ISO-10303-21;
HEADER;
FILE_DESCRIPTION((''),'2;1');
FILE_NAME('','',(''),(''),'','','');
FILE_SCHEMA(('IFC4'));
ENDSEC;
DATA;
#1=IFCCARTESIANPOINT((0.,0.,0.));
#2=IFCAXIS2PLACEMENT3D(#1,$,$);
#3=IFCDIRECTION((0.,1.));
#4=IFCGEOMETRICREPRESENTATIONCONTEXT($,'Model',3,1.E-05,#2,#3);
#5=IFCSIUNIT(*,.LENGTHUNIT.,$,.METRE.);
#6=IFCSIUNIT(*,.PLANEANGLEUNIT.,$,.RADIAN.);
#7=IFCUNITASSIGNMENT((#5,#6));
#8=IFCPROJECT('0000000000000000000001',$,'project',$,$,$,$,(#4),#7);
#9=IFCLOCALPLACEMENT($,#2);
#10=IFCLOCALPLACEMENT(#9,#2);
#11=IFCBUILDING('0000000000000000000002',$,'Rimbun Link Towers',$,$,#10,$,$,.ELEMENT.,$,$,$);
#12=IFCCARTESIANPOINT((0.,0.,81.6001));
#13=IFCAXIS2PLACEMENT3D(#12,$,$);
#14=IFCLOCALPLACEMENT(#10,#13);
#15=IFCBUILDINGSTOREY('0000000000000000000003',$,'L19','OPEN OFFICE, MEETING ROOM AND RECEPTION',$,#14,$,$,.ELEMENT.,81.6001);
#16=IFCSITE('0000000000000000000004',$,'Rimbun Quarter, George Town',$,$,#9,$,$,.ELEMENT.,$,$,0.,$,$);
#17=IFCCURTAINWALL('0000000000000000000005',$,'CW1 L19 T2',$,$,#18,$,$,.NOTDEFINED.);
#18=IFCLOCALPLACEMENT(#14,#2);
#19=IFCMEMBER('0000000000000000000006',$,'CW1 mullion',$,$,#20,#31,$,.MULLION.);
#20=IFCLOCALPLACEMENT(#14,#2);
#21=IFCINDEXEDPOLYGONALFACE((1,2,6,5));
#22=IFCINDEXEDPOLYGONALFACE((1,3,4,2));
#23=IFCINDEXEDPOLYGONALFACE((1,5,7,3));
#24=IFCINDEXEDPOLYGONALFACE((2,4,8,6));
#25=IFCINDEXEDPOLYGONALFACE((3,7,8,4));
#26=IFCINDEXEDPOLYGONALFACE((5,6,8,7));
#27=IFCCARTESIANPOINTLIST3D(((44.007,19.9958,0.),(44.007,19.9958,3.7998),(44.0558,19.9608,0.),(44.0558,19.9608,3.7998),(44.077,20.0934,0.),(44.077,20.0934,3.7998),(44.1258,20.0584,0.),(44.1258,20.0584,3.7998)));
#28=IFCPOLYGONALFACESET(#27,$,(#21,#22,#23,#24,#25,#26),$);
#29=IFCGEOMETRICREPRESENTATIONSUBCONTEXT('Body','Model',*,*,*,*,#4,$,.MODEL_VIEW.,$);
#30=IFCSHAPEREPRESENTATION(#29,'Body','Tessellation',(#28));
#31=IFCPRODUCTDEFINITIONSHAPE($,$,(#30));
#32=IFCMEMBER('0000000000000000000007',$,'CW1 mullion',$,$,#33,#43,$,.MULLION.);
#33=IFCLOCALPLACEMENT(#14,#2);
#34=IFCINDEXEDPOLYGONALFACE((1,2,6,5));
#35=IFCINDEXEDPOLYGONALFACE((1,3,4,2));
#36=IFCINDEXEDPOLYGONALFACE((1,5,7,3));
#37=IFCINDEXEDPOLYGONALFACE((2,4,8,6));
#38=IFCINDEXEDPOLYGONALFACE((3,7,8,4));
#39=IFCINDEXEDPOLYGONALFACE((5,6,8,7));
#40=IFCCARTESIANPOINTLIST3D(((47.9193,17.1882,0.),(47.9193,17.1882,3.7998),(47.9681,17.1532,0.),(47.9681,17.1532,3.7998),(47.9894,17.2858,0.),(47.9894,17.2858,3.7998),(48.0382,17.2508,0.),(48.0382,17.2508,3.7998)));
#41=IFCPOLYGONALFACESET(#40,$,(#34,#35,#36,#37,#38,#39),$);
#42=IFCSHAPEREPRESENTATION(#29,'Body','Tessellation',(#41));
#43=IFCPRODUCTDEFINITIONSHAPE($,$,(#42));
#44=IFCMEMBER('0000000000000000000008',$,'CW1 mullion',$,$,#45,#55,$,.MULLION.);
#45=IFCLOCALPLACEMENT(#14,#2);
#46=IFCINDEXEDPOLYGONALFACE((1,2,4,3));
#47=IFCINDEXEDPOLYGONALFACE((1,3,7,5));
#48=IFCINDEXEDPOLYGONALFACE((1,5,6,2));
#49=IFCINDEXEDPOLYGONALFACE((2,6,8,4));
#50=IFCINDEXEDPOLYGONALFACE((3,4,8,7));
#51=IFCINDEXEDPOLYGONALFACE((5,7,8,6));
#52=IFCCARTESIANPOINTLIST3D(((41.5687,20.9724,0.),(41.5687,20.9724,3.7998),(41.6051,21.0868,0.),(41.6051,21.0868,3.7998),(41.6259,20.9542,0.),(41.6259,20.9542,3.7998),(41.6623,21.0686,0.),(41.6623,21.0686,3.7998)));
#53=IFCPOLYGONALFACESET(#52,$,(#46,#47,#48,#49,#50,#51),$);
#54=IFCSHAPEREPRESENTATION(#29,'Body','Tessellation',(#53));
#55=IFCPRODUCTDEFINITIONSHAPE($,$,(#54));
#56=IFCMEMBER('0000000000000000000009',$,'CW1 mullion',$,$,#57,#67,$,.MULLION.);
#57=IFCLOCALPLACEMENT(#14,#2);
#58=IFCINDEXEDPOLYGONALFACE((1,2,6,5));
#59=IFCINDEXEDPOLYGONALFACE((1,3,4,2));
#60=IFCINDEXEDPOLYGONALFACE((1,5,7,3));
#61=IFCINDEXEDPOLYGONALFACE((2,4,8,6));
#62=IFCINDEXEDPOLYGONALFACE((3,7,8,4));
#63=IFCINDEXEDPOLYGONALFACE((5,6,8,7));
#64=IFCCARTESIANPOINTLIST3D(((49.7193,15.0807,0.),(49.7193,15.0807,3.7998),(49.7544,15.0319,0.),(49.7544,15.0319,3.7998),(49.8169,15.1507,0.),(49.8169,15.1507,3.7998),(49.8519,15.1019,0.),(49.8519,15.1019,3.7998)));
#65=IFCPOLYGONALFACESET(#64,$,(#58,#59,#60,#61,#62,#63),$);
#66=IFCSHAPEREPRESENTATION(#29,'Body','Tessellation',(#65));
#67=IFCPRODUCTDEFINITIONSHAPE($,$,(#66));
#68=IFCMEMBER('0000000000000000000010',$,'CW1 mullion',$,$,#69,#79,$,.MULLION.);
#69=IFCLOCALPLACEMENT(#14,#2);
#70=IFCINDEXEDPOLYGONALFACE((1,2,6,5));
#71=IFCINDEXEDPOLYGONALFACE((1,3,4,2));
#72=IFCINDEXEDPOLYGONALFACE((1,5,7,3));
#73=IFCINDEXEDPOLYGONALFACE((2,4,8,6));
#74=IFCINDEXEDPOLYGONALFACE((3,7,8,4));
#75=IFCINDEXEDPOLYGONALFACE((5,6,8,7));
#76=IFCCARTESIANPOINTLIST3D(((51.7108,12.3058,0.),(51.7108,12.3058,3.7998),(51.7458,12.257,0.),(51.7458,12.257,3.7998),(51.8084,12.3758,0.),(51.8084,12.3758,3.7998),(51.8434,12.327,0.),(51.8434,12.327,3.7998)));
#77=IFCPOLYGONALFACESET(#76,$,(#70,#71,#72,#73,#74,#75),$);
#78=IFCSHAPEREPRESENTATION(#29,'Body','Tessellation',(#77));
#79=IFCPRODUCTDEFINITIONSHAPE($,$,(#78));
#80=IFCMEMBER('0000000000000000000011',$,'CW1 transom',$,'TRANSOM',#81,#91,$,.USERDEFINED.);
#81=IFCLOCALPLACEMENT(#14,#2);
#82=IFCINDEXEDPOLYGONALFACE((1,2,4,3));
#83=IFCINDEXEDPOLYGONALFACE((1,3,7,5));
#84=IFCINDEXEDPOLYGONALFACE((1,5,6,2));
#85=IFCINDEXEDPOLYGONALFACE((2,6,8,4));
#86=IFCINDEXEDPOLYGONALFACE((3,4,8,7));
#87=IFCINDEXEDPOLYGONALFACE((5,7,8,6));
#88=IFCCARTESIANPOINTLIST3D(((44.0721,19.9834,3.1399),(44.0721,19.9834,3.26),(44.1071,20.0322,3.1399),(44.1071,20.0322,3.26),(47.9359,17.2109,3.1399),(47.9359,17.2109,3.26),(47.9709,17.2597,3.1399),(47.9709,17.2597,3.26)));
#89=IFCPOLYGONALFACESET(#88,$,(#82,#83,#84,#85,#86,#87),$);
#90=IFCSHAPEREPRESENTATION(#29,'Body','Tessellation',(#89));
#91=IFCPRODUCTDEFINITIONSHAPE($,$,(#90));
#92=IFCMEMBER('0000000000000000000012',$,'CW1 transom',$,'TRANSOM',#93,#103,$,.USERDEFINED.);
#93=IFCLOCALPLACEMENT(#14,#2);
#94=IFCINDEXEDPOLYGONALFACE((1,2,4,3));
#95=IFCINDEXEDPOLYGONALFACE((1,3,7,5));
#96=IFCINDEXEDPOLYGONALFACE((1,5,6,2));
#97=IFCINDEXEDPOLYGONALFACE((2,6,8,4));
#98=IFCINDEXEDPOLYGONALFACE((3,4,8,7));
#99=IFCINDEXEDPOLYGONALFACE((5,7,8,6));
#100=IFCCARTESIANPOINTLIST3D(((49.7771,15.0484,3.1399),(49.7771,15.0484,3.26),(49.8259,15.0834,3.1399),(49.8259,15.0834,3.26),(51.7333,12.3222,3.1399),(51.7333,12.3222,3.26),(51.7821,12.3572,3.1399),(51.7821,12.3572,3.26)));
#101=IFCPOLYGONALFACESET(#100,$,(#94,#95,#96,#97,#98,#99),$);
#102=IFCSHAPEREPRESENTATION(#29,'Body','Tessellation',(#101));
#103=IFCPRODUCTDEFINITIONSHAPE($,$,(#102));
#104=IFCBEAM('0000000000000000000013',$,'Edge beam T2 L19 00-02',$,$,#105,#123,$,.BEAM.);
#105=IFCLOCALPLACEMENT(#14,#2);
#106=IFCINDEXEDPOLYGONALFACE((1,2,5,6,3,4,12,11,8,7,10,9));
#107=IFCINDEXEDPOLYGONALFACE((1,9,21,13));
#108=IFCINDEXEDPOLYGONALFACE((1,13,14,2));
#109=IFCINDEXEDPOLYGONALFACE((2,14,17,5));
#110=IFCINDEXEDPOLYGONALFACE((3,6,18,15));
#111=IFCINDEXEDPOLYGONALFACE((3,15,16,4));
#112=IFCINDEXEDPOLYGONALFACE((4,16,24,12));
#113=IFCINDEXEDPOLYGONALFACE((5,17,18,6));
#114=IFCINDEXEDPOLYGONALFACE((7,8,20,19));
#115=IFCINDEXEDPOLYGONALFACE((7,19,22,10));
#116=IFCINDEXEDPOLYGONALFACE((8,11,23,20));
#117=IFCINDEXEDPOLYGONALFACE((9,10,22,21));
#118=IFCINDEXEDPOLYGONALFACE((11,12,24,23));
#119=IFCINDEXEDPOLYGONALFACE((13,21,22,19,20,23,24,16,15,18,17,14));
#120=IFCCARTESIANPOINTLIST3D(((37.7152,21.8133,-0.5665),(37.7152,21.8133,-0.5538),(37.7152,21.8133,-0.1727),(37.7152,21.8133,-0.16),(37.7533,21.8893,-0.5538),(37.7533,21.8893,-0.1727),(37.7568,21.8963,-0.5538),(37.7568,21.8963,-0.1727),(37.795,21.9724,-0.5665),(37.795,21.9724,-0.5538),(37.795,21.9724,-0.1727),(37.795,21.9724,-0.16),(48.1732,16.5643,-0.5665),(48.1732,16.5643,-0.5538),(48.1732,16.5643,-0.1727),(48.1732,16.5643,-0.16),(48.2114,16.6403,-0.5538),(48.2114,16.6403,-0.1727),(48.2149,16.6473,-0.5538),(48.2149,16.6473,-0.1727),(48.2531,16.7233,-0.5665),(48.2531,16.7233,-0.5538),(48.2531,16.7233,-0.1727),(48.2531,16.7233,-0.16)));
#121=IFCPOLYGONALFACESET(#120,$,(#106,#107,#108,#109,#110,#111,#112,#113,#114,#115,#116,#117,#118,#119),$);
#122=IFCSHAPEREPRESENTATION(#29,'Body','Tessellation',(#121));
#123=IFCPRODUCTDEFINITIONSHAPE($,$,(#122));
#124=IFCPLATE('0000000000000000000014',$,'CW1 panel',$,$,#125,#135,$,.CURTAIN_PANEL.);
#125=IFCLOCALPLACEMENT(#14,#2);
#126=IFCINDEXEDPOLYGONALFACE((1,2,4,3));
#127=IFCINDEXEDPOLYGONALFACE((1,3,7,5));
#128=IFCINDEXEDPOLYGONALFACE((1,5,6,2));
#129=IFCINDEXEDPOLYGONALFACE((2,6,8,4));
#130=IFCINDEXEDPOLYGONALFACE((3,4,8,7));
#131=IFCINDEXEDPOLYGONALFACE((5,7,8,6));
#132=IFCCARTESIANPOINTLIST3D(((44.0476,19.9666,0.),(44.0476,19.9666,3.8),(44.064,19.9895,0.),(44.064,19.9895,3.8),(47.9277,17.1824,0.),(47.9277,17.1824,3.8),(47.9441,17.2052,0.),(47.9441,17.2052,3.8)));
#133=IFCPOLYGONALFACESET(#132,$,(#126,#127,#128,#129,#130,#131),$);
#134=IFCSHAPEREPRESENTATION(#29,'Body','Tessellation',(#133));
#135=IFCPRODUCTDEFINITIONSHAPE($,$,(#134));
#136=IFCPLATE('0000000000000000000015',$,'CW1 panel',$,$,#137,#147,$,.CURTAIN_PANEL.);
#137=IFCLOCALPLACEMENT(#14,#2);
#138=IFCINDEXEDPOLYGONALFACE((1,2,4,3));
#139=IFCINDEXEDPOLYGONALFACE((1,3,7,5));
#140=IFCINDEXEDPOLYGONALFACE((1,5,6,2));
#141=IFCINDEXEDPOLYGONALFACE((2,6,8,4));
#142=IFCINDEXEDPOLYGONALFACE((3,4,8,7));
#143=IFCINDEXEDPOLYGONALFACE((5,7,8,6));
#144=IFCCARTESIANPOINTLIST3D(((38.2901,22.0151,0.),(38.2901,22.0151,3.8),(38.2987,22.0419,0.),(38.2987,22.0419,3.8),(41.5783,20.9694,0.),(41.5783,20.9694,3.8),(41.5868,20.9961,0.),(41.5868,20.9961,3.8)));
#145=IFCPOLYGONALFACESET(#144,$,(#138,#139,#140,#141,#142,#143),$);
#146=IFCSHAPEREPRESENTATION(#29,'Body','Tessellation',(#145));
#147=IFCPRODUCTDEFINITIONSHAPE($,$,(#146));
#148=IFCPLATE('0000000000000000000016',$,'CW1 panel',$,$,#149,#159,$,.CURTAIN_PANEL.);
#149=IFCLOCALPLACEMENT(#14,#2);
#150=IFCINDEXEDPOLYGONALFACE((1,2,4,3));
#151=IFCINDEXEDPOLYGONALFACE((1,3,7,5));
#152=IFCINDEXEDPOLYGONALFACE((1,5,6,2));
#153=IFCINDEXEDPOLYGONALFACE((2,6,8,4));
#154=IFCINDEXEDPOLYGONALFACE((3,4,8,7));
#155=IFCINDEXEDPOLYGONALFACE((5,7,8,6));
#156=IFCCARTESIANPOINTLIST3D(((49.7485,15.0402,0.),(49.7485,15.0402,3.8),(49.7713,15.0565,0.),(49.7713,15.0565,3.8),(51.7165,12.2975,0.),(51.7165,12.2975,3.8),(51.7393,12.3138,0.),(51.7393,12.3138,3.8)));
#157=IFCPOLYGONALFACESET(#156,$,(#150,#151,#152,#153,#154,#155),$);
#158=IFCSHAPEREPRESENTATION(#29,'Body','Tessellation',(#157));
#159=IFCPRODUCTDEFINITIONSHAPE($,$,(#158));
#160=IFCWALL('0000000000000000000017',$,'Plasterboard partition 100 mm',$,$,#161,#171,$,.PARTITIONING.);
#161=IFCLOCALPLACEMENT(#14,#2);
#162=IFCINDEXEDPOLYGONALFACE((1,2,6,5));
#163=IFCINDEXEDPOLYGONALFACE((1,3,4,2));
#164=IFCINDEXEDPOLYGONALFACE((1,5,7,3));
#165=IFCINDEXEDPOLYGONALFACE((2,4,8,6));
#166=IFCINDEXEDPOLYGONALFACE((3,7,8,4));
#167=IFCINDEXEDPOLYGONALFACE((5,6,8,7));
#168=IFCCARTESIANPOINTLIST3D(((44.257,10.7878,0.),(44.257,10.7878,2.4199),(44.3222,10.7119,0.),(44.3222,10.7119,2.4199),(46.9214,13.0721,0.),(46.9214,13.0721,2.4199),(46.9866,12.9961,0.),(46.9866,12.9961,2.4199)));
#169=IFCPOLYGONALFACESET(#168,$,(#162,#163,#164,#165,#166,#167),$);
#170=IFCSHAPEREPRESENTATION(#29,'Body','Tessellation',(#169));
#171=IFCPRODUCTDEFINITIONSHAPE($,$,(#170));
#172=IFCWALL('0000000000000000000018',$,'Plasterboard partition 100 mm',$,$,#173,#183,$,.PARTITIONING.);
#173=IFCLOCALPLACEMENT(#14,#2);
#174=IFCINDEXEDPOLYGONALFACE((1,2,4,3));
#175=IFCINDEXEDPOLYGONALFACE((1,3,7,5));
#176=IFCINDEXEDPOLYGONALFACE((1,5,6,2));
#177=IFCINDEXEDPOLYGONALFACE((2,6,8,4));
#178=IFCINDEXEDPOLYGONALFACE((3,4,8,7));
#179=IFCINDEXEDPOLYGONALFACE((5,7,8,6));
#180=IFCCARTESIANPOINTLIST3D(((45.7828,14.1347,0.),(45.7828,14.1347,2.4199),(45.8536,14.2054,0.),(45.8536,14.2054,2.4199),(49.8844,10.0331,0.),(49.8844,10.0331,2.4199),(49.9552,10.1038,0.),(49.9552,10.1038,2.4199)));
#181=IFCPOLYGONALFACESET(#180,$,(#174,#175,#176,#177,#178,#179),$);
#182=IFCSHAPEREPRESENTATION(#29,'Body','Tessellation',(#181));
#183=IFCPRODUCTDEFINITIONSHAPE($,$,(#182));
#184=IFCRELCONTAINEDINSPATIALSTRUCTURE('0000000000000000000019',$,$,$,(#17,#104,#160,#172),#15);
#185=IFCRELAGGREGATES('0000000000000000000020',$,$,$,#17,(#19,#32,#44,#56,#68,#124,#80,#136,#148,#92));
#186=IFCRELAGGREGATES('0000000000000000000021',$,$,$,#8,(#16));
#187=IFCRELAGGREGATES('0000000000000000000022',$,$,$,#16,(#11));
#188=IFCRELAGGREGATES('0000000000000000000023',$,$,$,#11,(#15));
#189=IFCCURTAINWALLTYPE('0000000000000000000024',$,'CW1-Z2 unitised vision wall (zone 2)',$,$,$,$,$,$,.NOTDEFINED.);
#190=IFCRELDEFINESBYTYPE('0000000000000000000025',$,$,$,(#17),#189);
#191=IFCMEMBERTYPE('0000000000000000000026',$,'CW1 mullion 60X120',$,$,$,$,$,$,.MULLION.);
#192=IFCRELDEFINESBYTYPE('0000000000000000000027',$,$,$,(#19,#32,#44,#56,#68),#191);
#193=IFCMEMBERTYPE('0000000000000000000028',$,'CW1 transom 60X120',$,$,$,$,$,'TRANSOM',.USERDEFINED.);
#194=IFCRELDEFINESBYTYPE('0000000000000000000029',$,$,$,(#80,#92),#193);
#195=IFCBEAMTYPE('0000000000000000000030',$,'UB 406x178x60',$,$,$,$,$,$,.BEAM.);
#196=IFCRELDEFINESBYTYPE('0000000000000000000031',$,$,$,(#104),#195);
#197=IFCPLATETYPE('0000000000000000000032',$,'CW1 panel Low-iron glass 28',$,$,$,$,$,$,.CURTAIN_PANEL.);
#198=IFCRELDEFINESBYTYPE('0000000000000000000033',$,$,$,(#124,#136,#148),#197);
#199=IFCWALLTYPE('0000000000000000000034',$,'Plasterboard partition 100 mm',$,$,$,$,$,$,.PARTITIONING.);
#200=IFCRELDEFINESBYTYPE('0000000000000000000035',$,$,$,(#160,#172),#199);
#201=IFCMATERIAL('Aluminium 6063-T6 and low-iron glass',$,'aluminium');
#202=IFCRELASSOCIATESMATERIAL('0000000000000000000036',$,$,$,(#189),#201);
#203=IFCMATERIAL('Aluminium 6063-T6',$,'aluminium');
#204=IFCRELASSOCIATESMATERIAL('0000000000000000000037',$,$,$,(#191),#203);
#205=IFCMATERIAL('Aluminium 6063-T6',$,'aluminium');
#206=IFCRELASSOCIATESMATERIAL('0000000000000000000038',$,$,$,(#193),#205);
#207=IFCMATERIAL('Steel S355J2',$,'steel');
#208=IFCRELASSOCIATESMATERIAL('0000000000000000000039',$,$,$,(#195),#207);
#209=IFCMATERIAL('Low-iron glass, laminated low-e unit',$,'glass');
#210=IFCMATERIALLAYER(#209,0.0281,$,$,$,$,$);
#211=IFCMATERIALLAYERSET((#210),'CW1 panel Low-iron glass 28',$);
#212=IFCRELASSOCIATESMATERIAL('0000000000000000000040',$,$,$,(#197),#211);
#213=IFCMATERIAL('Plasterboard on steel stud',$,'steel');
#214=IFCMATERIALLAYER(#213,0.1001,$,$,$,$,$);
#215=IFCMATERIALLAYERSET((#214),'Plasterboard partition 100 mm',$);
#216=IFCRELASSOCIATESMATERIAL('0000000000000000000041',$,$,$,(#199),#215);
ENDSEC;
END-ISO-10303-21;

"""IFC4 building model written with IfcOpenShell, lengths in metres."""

from ifc_helpers import new_model, si_unit, direction, frame, frame_2d, origin, origin_2d, place, context, subcontext, project, spatial, rectangle, i_section, extrude, material, layer, layer_set, material_profile, profile_set, type_object, element, aggregate, save


model = new_model("IFC4")

# Units and contexts
model_context = context("Model", 3, precision=1e-05, world=origin(), true_north=direction((0.0, 1.0)))
body_context = subcontext(model_context, "Body", "Model", "MODEL_VIEW")
ifc_project = project(units=[si_unit("LENGTHUNIT", "METRE"), si_unit("PLANEANGLEUNIT", "RADIAN")], contexts=[model_context])

# Site, building, storey
site_placement = place(None, origin())
site = spatial("IfcSite", under=ifc_project, at=site_placement, Name="Rimbun Quarter, George Town", CompositionType="ELEMENT", RefElevation=0.0)
building_placement = place(site_placement, origin())
building = spatial("IfcBuilding", under=site, at=building_placement, Name="Rimbun Link Towers", CompositionType="ELEMENT")
storey_placement = place(building_placement, frame((0.0, 0.0, 81.6001)))
storey = spatial("IfcBuildingStorey", under=building, at=storey_placement, Name="L19", Description="OPEN OFFICE, MEETING ROOM AND RECEPTION", CompositionType="ELEMENT", Elevation=81.6001)

# Curtain wall, members
ifc_material_1 = material(Name="Aluminium 6063-T6 and low-iron glass", Category="aluminium")
curtain_wall_type = type_object("IfcCurtainWallType", Name="CW1-Z2 unitised vision wall (zone 2)", PredefinedType="NOTDEFINED", material=ifc_material_1)
curtain_wall_placement = place(storey_placement, origin())
curtain_wall = element("IfcCurtainWall", 1, at=curtain_wall_placement, inside=storey, type_object=curtain_wall_type, Name="CW1 L19 T2", PredefinedType="NOTDEFINED")
ifc_material_2 = material(Name="Aluminium 6063-T6", Category="aluminium")
ifc_material_profile_1 = material_profile(ifc_material_2, rectangle(XDim=0.1201, YDim=0.0601, at=origin_2d()), Name="MULLION 60X120")
ifc_profile_set_1 = profile_set([ifc_material_profile_1], Name="Aluminium 6063-T6")
member_type_1 = type_object("IfcMemberType", Name="CW1 mullion 60X120", PredefinedType="MULLION", material=ifc_profile_set_1)
member_1_placement = place(storey_placement, frame((44.0664, 20.0271, 0.0), z_axis=(0.0, 0.0, 1.0), x_axis=(0.583004, 0.812469, 0.0)))
member_1 = element("IfcMember", 2, at=member_1_placement, type_object=member_type_1, Name="CW1 mullion", PredefinedType="MULLION", context=body_context, shape_type="SweptSolid", body=[
    extrude(rectangle(XDim=0.1201, YDim=0.0601, at=origin_2d()), origin(), (0.0, 0.0, 1.0), 3.7998),
])
member_2_placement = place(storey_placement, frame((47.9788, 17.2195, 0.0), z_axis=(0.0, 0.0, 1.0), x_axis=(0.583004, 0.812469, 0.0)))
member_2 = element("IfcMember", 3, at=member_2_placement, type_object=member_type_1, Name="CW1 mullion", PredefinedType="MULLION", context=body_context, shape_type="SweptSolid", body=[
    extrude(rectangle(XDim=0.1201, YDim=0.0601, at=origin_2d()), origin(), (0.0, 0.0, 1.0), 3.7998),
])
member_3_placement = place(storey_placement, frame((41.6155, 21.0205, 0.0), z_axis=(0.0, 0.0, 1.0), x_axis=(0.30307, 0.952968, 0.0)))
member_3 = element("IfcMember", 4, at=member_3_placement, type_object=member_type_1, Name="CW1 mullion", PredefinedType="MULLION", context=body_context, shape_type="SweptSolid", body=[
    extrude(rectangle(XDim=0.1201, YDim=0.0601, at=origin_2d()), origin(), (0.0, 0.0, 1.0), 3.7998),
])
member_4_placement = place(storey_placement, frame((49.7856, 15.0913, 0.0), z_axis=(0.0, 0.0, 1.0), x_axis=(0.812469, 0.583004, 0.0)))
member_4 = element("IfcMember", 5, at=member_4_placement, type_object=member_type_1, Name="CW1 mullion", PredefinedType="MULLION", context=body_context, shape_type="SweptSolid", body=[
    extrude(rectangle(XDim=0.1201, YDim=0.0601, at=origin_2d()), origin(), (0.0, 0.0, 1.0), 3.7998),
])
member_5_placement = place(storey_placement, frame((51.7771, 12.3164, 0.0), z_axis=(0.0, 0.0, 1.0), x_axis=(0.812469, 0.583004, 0.0)))
member_5 = element("IfcMember", 6, at=member_5_placement, type_object=member_type_1, Name="CW1 mullion", PredefinedType="MULLION", context=body_context, shape_type="SweptSolid", body=[
    extrude(rectangle(XDim=0.1201, YDim=0.0601, at=origin_2d()), origin(), (0.0, 0.0, 1.0), 3.7998),
])
ifc_material_3 = material(Name="Aluminium 6063-T6", Category="aluminium")
ifc_material_profile_2 = material_profile(ifc_material_3, rectangle(XDim=0.0601, YDim=0.1201, at=origin_2d()), Name="TRANSOM 60X120")
ifc_profile_set_2 = profile_set([ifc_material_profile_2], Name="Aluminium 6063-T6")
member_type_2 = type_object("IfcMemberType", Name="CW1 transom 60X120", ElementType="TRANSOM", PredefinedType="USERDEFINED", material=ifc_profile_set_2)
member_6_placement = place(storey_placement, frame((44.0896, 20.0078, 3.2), z_axis=(0.812476, -0.582995, 0.0), x_axis=(0.582995, 0.812476, 0.0)))
member_6 = element("IfcMember", 7, at=member_6_placement, type_object=member_type_2, Name="CW1 transom", ObjectType="TRANSOM", PredefinedType="USERDEFINED", context=body_context, shape_type="SweptSolid", body=[
    extrude(rectangle(XDim=0.0601, YDim=0.1201, at=origin_2d()), origin(), (0.0, 0.0, 1.0), 4.7556),
])
member_7_placement = place(storey_placement, frame((49.8015, 15.0659, 3.2), z_axis=(0.582999, -0.812473, 0.0), x_axis=(0.812473, 0.582999, 0.0)))
member_7 = element("IfcMember", 8, at=member_7_placement, type_object=member_type_2, Name="CW1 transom", ObjectType="TRANSOM", PredefinedType="USERDEFINED", context=body_context, shape_type="SweptSolid", body=[
    extrude(rectangle(XDim=0.0601, YDim=0.1201, at=origin_2d()), origin(), (0.0, 0.0, 1.0), 3.3555),
])

# Beam
ifc_material_4 = material(Name="Steel S355J2", Category="steel")
ifc_material_profile_3 = material_profile(ifc_material_4, i_section(OverallWidth=0.178, OverallDepth=0.4065, WebThickness=0.0078, FlangeThickness=0.0127, at=origin_2d()), Name="UB 406x178x60")
ifc_profile_set_3 = profile_set([ifc_material_profile_3], Name="Steel S355J2")
beam_type = type_object("IfcBeamType", Name="UB 406x178x60", PredefinedType="BEAM", material=ifc_profile_set_3)
beam_placement = place(storey_placement, frame((48.2131, 16.6438, -0.3633), z_axis=(-0.893742, 0.448582, 0.0), x_axis=(-0.448582, -0.893742, 0.0)))
element("IfcBeam", 9, at=beam_placement, inside=storey, type_object=beam_type, Name="Edge beam T2 L19 00-02", PredefinedType="BEAM", context=body_context, shape_type="SweptSolid", body=[
    extrude(i_section(OverallWidth=0.178, OverallDepth=0.4065, WebThickness=0.0078, FlangeThickness=0.0127, at=origin_2d()), origin(), (0.0, 0.0, 1.0), 11.7014),
])

# Plates
ifc_material_5 = material(Name="Low-iron glass, laminated low-e unit", Category="glass")
ifc_layer_1 = layer(ifc_material_5, 0.0281)
ifc_layer_set_1 = layer_set([ifc_layer_1], Name="CW1 panel Low-iron glass 28")
plate_type = type_object("IfcPlateType", Name="CW1 panel Low-iron glass 28", PredefinedType="CURTAIN_PANEL", material=ifc_layer_set_1)
plate_1_placement = place(storey_placement, frame((45.9958, 18.5859, 0.0), z_axis=(0.0, 0.0, 1.0), x_axis=(0.812469, -0.583004, 0.0)))
plate_1 = element("IfcPlate", 10, at=plate_1_placement, type_object=plate_type, Name="CW1 panel", PredefinedType="CURTAIN_PANEL", context=body_context, shape_type="SweptSolid", body=[
    extrude(rectangle(XDim=4.7756, YDim=0.0281, at=origin_2d()), origin(), (0.0, 0.0, 1.0), 3.8),
])
plate_2_placement = place(storey_placement, frame((39.9385, 21.5056, 0.0), z_axis=(0.0, 0.0, 1.0), x_axis=(0.952968, -0.30307, 0.0)))
plate_2 = element("IfcPlate", 11, at=plate_2_placement, type_object=plate_type, Name="CW1 panel", PredefinedType="CURTAIN_PANEL", context=body_context, shape_type="SweptSolid", body=[
    extrude(rectangle(XDim=3.4504, YDim=0.0281, at=origin_2d()), origin(), (0.0, 0.0, 1.0), 3.8),
])
plate_3_placement = place(storey_placement, frame((50.7439, 13.677, 0.0), z_axis=(0.0, 0.0, 1.0), x_axis=(0.583004, -0.812469, 0.0)))
plate_3 = element("IfcPlate", 12, at=plate_3_placement, type_object=plate_type, Name="CW1 panel", PredefinedType="CURTAIN_PANEL", context=body_context, shape_type="SweptSolid", body=[
    extrude(rectangle(XDim=3.3757, YDim=0.0281, at=origin_2d()), origin(), (0.0, 0.0, 1.0), 3.8),
])
aggregate(curtain_wall, [member_1, member_2, member_3, member_4, member_5, plate_1, member_6, plate_2, plate_3, member_7])

# Walls
ifc_material_6 = material(Name="Plasterboard on steel stud", Category="steel")
ifc_layer_2 = layer(ifc_material_6, 0.1001)
ifc_layer_set_2 = layer_set([ifc_layer_2], Name="Plasterboard partition 100 mm")
wall_type = type_object("IfcWallType", Name="Plasterboard partition 100 mm", PredefinedType="PARTITIONING", material=ifc_layer_set_2)
wall_1_placement = place(storey_placement, frame((46.9541, 13.0342, 0.0), z_axis=(0.0, 0.0, 1.0), x_axis=(-0.759188, -0.650872, 0.0)))
element("IfcWall", 13, at=wall_1_placement, inside=storey, type_object=wall_type, Name="Plasterboard partition 100 mm", PredefinedType="PARTITIONING", context=body_context, shape_type="SweptSolid", body=[
    extrude(rectangle(XDim=3.5095, YDim=0.1001, at=frame_2d((1.7549, 0.0))), origin(), (0.0, 0.0, 1.0), 2.4199),
])
wall_2_placement = place(storey_placement, frame((49.9199, 10.0684, 0.0), z_axis=(0.0, 0.0, 1.0), x_axis=(-0.707107, 0.707107, 0.0)))
element("IfcWall", 14, at=wall_2_placement, inside=storey, type_object=wall_type, Name="Plasterboard partition 100 mm", PredefinedType="PARTITIONING", context=body_context, shape_type="SweptSolid", body=[
    extrude(rectangle(XDim=5.8005, YDim=0.1001, at=frame_2d((2.9004, 0.0))), origin(), (0.0, 0.0, 1.0), 2.4199),
])

save(model, "model.ifc")
